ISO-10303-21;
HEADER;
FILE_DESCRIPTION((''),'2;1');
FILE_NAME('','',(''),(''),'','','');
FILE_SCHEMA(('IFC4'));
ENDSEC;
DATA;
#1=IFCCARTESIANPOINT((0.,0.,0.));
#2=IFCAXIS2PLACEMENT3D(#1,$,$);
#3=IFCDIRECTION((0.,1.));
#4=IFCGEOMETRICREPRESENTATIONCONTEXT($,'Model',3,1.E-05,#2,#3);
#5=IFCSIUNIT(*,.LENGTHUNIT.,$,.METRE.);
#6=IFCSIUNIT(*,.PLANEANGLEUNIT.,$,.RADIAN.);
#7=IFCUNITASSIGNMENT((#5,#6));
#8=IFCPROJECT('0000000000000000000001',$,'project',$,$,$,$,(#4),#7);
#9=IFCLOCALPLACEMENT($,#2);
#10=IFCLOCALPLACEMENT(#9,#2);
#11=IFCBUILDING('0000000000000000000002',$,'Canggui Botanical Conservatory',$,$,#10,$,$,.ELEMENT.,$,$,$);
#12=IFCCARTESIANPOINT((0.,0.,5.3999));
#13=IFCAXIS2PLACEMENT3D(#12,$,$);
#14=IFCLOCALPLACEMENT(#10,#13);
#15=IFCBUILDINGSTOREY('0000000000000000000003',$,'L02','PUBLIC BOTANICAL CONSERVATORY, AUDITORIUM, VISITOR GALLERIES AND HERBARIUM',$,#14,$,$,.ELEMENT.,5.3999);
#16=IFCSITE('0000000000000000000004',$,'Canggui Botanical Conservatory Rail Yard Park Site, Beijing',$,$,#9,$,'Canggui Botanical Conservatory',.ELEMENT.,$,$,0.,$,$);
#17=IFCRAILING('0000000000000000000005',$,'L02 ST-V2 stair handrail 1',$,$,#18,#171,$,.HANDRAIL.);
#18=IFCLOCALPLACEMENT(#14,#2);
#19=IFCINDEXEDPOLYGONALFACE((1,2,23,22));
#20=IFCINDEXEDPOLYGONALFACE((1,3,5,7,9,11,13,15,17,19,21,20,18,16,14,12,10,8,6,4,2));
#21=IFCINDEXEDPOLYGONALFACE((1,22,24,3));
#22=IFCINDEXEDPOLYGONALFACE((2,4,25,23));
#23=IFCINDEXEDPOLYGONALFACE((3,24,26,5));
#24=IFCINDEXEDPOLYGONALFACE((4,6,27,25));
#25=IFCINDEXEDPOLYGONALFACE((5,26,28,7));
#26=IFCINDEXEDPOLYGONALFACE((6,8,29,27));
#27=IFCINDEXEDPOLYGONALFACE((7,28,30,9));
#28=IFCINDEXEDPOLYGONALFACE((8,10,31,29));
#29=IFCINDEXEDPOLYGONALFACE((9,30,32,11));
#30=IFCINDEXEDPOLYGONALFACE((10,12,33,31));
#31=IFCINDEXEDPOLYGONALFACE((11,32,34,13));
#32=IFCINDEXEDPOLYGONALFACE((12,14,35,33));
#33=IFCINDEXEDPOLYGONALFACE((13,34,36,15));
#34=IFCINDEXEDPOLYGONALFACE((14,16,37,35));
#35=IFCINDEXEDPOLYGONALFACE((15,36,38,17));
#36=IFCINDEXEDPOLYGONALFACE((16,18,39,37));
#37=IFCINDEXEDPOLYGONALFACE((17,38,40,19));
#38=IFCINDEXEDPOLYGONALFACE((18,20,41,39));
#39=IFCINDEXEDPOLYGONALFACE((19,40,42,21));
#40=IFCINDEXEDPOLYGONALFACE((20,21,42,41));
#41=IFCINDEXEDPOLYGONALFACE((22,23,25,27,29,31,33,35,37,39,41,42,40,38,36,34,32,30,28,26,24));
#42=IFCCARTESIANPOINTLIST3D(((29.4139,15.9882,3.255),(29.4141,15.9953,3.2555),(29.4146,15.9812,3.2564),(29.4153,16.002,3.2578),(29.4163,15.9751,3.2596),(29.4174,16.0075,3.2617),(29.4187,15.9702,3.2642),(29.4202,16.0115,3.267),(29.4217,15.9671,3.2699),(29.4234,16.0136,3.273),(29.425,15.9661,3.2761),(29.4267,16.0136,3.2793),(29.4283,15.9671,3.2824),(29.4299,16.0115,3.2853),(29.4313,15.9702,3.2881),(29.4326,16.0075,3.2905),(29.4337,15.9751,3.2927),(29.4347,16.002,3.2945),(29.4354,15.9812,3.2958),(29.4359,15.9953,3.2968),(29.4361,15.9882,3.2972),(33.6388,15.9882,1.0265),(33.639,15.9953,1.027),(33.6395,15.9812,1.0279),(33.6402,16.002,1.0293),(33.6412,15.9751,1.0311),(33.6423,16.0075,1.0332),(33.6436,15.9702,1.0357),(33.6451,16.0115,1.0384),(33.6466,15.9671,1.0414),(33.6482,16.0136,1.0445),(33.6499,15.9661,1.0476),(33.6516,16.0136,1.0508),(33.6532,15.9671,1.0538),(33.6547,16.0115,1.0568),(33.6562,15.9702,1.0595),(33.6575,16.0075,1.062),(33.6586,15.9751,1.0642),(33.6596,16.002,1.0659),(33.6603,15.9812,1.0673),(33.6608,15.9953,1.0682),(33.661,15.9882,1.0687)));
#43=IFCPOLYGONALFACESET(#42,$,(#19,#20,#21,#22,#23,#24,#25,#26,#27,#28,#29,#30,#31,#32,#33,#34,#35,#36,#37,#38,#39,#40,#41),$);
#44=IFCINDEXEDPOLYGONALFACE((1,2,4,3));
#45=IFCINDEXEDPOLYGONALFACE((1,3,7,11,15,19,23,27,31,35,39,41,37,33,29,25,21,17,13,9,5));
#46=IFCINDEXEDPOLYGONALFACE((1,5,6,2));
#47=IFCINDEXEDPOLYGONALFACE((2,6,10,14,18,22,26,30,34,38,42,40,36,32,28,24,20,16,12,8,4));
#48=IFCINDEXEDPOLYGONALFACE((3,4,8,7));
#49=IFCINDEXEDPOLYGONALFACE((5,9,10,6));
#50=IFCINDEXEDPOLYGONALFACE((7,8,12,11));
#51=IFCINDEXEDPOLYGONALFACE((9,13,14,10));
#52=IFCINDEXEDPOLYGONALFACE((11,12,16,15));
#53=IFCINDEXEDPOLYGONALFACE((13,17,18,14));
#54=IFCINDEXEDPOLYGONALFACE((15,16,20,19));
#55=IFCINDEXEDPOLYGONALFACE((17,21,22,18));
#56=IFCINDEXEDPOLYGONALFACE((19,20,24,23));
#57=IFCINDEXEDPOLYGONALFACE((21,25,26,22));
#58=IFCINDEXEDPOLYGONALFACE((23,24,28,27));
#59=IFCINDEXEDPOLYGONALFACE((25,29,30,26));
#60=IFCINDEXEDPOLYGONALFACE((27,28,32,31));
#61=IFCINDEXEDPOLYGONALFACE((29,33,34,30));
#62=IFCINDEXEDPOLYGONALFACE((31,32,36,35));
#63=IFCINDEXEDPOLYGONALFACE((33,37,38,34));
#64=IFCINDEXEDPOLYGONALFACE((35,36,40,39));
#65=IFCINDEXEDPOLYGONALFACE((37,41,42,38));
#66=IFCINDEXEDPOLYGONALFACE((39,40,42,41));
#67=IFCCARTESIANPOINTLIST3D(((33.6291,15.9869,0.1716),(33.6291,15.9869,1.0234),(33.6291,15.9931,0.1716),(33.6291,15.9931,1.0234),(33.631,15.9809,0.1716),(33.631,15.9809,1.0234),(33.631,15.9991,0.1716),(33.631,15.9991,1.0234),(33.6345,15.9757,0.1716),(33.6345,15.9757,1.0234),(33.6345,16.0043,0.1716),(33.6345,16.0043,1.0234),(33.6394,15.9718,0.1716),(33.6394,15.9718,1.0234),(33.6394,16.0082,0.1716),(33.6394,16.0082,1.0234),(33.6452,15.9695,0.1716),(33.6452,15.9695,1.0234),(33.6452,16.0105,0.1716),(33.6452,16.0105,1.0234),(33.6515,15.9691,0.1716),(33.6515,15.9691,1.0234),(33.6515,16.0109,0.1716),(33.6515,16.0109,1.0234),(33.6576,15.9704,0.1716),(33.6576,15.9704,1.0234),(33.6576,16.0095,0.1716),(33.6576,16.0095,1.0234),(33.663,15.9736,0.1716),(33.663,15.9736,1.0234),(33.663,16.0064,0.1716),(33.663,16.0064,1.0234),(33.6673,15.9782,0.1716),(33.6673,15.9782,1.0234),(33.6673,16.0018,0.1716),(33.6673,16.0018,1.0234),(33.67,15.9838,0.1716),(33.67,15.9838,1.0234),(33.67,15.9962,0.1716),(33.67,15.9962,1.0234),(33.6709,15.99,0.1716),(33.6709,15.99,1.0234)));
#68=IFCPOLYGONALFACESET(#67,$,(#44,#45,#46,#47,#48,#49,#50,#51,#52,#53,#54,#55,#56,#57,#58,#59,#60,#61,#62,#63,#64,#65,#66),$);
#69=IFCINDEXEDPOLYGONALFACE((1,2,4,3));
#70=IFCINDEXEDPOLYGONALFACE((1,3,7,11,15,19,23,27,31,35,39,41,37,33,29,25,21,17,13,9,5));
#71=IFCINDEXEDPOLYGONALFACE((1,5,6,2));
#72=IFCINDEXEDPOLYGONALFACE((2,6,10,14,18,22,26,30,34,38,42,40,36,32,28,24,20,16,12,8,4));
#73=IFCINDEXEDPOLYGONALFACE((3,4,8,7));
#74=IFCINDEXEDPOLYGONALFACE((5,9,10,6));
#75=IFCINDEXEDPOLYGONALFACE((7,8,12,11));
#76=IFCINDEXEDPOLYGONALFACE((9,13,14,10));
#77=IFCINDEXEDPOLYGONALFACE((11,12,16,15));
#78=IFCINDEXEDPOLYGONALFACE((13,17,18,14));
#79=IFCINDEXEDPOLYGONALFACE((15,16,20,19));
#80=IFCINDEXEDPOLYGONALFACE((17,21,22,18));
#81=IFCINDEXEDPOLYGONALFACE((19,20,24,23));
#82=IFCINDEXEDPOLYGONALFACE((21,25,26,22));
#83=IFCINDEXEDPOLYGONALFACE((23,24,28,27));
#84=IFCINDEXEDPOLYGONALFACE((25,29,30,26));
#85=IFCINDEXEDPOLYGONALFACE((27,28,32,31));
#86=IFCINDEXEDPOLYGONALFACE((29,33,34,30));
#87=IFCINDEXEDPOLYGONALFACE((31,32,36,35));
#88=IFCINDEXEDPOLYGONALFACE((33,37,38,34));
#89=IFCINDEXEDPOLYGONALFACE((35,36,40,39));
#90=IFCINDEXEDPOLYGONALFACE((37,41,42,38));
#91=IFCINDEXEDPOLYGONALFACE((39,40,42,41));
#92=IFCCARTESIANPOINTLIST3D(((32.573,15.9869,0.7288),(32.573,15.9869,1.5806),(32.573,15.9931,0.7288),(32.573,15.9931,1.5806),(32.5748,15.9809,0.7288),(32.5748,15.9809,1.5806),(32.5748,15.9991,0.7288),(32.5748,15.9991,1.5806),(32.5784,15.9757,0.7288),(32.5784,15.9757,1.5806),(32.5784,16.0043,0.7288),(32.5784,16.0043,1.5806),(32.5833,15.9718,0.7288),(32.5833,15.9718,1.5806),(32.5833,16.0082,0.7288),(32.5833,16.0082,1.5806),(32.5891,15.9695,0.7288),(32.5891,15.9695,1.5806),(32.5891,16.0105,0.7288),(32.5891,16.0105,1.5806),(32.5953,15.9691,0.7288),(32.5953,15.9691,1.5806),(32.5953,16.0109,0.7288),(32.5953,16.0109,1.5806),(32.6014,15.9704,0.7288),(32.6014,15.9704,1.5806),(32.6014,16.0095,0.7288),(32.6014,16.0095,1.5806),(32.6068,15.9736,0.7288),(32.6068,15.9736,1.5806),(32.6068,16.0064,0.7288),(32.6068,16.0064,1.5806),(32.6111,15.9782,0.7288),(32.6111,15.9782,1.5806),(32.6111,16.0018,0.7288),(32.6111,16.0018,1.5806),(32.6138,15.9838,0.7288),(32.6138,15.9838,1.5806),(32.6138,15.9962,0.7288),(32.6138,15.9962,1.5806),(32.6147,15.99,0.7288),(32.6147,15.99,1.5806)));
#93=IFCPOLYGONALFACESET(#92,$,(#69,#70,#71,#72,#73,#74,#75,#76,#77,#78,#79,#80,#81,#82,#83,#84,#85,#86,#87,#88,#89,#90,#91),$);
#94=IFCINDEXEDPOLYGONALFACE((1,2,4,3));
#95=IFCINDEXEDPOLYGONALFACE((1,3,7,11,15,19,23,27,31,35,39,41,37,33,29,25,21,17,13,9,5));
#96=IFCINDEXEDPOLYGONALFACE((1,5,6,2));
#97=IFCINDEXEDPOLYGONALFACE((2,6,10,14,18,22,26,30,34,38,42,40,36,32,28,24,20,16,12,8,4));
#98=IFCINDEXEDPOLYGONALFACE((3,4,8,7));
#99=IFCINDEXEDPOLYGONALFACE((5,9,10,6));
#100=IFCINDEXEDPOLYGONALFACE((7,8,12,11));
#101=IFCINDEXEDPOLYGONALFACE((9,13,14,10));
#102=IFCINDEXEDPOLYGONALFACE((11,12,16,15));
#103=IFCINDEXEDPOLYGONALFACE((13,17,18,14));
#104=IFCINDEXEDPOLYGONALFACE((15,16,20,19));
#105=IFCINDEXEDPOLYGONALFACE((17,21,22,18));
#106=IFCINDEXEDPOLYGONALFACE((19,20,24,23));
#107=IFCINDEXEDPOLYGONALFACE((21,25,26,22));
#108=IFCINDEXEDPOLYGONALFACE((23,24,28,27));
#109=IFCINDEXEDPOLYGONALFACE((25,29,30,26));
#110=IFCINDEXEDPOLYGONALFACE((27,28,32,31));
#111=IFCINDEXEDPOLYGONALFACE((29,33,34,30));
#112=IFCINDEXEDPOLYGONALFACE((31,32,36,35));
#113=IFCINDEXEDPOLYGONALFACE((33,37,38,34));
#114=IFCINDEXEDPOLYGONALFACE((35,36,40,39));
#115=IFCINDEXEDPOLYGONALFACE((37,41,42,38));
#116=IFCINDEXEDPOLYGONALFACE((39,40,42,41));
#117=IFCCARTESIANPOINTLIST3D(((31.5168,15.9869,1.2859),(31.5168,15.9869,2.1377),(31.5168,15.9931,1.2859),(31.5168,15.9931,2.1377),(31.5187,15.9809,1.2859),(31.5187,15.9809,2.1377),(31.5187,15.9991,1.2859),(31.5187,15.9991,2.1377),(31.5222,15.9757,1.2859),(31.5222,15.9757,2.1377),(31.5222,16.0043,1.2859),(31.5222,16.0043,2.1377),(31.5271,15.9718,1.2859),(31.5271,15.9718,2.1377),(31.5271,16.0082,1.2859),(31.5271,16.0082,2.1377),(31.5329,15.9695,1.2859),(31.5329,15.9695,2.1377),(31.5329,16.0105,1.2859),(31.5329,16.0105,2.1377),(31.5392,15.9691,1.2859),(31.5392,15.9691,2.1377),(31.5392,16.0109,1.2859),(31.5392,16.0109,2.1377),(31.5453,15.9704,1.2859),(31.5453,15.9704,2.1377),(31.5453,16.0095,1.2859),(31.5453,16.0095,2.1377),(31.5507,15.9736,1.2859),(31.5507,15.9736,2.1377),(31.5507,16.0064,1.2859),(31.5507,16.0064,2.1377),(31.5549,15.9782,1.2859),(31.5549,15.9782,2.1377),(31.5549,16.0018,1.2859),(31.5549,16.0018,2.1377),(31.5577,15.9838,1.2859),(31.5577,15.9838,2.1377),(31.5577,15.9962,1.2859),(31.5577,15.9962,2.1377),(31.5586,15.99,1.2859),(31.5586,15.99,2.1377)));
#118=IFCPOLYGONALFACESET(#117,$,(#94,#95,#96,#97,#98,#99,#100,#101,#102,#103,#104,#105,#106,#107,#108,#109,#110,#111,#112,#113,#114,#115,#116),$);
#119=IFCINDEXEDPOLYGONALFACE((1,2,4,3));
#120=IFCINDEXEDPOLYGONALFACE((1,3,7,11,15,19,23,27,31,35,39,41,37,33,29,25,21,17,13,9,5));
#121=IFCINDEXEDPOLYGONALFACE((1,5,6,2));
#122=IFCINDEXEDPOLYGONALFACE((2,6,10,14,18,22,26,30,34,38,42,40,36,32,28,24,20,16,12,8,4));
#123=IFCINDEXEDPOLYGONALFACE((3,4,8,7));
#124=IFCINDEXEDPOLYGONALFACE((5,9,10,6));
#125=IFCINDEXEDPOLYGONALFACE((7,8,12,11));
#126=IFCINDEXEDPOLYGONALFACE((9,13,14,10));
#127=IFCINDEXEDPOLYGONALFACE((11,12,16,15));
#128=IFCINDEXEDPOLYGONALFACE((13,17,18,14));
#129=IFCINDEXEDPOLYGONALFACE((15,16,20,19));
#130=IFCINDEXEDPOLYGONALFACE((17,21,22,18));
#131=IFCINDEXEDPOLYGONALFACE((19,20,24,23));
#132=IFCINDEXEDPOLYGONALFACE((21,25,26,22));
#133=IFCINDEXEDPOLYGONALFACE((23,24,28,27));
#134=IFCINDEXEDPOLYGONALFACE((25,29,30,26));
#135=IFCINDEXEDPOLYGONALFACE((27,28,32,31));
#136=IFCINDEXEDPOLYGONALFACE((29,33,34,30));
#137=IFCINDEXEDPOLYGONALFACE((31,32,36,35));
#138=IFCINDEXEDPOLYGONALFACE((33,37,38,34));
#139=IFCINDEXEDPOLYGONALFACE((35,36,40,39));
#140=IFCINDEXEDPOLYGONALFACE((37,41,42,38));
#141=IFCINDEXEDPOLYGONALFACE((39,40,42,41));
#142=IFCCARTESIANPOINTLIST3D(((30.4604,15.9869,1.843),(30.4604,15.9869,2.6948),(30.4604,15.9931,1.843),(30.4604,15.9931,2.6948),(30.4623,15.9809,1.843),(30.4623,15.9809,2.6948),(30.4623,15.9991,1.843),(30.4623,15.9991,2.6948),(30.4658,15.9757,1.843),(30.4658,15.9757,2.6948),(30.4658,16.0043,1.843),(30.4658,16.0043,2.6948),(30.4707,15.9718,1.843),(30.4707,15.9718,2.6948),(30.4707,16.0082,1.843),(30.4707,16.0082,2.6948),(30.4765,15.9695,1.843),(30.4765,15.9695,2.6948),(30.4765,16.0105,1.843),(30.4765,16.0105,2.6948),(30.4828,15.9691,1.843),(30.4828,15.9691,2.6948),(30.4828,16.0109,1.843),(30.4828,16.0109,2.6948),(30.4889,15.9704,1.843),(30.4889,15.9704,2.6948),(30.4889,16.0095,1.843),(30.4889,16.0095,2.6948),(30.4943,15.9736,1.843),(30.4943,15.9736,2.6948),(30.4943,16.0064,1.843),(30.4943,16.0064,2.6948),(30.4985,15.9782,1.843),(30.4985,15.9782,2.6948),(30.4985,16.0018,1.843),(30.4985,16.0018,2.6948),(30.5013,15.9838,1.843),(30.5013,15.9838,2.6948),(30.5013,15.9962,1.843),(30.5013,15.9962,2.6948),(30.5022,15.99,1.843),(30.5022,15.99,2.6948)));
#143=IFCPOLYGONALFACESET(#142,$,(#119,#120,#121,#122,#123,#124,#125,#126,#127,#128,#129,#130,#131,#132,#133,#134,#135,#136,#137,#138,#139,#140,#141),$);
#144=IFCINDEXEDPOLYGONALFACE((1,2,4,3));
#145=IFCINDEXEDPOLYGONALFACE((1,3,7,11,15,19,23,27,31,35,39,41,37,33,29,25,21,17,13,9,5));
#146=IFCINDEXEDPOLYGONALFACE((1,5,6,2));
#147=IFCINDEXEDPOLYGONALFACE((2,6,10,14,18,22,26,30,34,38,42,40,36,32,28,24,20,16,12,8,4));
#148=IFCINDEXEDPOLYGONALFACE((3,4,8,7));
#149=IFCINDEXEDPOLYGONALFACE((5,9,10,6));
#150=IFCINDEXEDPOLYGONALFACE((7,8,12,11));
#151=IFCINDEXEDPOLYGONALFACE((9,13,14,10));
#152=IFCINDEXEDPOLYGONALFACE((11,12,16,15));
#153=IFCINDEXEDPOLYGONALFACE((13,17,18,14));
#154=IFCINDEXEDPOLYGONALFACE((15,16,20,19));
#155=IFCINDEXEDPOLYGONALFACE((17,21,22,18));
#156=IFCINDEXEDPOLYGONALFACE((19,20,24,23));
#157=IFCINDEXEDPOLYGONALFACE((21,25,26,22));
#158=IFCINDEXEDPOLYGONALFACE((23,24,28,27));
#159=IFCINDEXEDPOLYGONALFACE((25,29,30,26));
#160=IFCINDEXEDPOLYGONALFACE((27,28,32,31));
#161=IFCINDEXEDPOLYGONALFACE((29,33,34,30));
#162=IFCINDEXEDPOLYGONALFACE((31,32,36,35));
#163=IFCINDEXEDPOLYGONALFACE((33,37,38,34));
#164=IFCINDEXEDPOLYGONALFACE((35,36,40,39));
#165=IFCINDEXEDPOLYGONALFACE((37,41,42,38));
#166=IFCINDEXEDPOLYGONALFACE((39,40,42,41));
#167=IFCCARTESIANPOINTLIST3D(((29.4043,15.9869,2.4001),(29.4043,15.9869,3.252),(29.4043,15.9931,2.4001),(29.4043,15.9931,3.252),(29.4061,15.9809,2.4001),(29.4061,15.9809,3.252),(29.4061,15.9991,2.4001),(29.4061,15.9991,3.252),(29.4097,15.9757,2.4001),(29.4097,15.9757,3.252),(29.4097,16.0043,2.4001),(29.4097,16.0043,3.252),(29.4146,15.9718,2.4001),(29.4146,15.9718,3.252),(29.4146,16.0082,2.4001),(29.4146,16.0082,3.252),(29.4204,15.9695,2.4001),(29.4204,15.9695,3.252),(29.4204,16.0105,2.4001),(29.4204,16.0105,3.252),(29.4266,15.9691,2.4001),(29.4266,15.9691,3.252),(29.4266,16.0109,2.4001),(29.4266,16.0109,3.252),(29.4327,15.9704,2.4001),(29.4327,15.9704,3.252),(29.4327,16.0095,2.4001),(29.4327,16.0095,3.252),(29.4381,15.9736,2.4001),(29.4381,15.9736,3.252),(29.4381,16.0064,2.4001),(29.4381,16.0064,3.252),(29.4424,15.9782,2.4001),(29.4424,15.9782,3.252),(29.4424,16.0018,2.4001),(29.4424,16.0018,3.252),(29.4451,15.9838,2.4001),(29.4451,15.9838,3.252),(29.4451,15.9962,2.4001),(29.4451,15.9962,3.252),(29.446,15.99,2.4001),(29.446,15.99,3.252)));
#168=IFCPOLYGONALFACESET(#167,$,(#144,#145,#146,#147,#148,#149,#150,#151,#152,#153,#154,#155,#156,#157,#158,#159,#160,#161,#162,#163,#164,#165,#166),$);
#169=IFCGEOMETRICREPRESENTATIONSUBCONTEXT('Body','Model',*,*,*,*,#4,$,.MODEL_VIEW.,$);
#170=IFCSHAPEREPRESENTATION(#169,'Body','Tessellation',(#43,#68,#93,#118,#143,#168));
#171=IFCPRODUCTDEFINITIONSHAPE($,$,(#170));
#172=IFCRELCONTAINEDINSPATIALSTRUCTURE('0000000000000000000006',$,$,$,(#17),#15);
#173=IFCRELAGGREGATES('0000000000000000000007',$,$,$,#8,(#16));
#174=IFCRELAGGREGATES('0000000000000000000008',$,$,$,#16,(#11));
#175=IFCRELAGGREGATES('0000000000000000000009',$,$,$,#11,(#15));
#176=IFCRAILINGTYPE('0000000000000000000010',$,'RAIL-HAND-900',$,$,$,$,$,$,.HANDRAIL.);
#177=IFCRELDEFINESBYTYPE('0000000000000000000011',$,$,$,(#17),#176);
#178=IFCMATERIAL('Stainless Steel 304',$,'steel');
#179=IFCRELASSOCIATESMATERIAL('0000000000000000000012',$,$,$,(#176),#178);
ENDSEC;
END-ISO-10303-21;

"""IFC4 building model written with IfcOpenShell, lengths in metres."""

from ifc_helpers import new_model, si_unit, direction, frame, origin, origin_2d, place, context, subcontext, project, spatial, circle, extrude, material, type_object, element, save


model = new_model("IFC4")

# Units and contexts
model_context = context("Model", 3, precision=1e-05, world=origin(), true_north=direction((0.0, 1.0)))
body_context = subcontext(model_context, "Body", "Model", "MODEL_VIEW")
ifc_project = project(units=[si_unit("LENGTHUNIT", "METRE"), si_unit("PLANEANGLEUNIT", "RADIAN")], contexts=[model_context])

# Site, building, storey
site_placement = place(None, origin())
site = spatial("IfcSite", under=ifc_project, at=site_placement, Name="Canggui Botanical Conservatory Rail Yard Park Site, Beijing", LongName="Canggui Botanical Conservatory", CompositionType="ELEMENT", RefElevation=0.0)
building_placement = place(site_placement, origin())
building = spatial("IfcBuilding", under=site, at=building_placement, Name="Canggui Botanical Conservatory", CompositionType="ELEMENT")
storey_placement = place(building_placement, frame((0.0, 0.0, 5.3999)))
storey = spatial("IfcBuildingStorey", under=building, at=storey_placement, Name="L02", Description="PUBLIC BOTANICAL CONSERVATORY, AUDITORIUM, VISITOR GALLERIES AND HERBARIUM", CompositionType="ELEMENT", Elevation=5.3999)

# Railing
ifc_material_1 = material(Name="Stainless Steel 304", Category="steel")
railing_type_1 = type_object("IfcRailingType", Name="RAIL-HAND-900", PredefinedType="HANDRAIL", material=ifc_material_1)
railing_1_placement = place(storey_placement, frame((33.6499, 15.99, 0.1716)))
element("IfcRailing", 1, at=railing_1_placement, inside=storey, type_object=railing_type_1, Name="L02 ST-V2 stair handrail 1", PredefinedType="HANDRAIL", context=body_context, shape_type="SweptSolid", body=[
    extrude(circle(Radius=0.0239, at=origin_2d()), frame((0.0, 0.0, 0.876), z_axis=(-0.884494, 0.0, 0.466551), x_axis=(0.0, -1.0, 0.0)), (0.0, 0.0, 1.0), 4.7766),
    extrude(circle(Radius=0.021, at=origin_2d()), origin(), (0.0, 0.0, 1.0), 0.8518),
    extrude(circle(Radius=0.021, at=origin_2d()), frame((-1.0562, 0.0, 0.5571)), (0.0, 0.0, 1.0), 0.8518),
    extrude(circle(Radius=0.021, at=origin_2d()), frame((-2.1123, 0.0, 1.1143)), (0.0, 0.0, 1.0), 0.8518),
    extrude(circle(Radius=0.021, at=origin_2d()), frame((-3.1687, 0.0, 1.6714)), (0.0, 0.0, 1.0), 0.8518),
    extrude(circle(Radius=0.021, at=origin_2d()), frame((-4.2249, 0.0, 2.2285)), (0.0, 0.0, 1.0), 0.8518),
])

save(model, "model.ifc")
